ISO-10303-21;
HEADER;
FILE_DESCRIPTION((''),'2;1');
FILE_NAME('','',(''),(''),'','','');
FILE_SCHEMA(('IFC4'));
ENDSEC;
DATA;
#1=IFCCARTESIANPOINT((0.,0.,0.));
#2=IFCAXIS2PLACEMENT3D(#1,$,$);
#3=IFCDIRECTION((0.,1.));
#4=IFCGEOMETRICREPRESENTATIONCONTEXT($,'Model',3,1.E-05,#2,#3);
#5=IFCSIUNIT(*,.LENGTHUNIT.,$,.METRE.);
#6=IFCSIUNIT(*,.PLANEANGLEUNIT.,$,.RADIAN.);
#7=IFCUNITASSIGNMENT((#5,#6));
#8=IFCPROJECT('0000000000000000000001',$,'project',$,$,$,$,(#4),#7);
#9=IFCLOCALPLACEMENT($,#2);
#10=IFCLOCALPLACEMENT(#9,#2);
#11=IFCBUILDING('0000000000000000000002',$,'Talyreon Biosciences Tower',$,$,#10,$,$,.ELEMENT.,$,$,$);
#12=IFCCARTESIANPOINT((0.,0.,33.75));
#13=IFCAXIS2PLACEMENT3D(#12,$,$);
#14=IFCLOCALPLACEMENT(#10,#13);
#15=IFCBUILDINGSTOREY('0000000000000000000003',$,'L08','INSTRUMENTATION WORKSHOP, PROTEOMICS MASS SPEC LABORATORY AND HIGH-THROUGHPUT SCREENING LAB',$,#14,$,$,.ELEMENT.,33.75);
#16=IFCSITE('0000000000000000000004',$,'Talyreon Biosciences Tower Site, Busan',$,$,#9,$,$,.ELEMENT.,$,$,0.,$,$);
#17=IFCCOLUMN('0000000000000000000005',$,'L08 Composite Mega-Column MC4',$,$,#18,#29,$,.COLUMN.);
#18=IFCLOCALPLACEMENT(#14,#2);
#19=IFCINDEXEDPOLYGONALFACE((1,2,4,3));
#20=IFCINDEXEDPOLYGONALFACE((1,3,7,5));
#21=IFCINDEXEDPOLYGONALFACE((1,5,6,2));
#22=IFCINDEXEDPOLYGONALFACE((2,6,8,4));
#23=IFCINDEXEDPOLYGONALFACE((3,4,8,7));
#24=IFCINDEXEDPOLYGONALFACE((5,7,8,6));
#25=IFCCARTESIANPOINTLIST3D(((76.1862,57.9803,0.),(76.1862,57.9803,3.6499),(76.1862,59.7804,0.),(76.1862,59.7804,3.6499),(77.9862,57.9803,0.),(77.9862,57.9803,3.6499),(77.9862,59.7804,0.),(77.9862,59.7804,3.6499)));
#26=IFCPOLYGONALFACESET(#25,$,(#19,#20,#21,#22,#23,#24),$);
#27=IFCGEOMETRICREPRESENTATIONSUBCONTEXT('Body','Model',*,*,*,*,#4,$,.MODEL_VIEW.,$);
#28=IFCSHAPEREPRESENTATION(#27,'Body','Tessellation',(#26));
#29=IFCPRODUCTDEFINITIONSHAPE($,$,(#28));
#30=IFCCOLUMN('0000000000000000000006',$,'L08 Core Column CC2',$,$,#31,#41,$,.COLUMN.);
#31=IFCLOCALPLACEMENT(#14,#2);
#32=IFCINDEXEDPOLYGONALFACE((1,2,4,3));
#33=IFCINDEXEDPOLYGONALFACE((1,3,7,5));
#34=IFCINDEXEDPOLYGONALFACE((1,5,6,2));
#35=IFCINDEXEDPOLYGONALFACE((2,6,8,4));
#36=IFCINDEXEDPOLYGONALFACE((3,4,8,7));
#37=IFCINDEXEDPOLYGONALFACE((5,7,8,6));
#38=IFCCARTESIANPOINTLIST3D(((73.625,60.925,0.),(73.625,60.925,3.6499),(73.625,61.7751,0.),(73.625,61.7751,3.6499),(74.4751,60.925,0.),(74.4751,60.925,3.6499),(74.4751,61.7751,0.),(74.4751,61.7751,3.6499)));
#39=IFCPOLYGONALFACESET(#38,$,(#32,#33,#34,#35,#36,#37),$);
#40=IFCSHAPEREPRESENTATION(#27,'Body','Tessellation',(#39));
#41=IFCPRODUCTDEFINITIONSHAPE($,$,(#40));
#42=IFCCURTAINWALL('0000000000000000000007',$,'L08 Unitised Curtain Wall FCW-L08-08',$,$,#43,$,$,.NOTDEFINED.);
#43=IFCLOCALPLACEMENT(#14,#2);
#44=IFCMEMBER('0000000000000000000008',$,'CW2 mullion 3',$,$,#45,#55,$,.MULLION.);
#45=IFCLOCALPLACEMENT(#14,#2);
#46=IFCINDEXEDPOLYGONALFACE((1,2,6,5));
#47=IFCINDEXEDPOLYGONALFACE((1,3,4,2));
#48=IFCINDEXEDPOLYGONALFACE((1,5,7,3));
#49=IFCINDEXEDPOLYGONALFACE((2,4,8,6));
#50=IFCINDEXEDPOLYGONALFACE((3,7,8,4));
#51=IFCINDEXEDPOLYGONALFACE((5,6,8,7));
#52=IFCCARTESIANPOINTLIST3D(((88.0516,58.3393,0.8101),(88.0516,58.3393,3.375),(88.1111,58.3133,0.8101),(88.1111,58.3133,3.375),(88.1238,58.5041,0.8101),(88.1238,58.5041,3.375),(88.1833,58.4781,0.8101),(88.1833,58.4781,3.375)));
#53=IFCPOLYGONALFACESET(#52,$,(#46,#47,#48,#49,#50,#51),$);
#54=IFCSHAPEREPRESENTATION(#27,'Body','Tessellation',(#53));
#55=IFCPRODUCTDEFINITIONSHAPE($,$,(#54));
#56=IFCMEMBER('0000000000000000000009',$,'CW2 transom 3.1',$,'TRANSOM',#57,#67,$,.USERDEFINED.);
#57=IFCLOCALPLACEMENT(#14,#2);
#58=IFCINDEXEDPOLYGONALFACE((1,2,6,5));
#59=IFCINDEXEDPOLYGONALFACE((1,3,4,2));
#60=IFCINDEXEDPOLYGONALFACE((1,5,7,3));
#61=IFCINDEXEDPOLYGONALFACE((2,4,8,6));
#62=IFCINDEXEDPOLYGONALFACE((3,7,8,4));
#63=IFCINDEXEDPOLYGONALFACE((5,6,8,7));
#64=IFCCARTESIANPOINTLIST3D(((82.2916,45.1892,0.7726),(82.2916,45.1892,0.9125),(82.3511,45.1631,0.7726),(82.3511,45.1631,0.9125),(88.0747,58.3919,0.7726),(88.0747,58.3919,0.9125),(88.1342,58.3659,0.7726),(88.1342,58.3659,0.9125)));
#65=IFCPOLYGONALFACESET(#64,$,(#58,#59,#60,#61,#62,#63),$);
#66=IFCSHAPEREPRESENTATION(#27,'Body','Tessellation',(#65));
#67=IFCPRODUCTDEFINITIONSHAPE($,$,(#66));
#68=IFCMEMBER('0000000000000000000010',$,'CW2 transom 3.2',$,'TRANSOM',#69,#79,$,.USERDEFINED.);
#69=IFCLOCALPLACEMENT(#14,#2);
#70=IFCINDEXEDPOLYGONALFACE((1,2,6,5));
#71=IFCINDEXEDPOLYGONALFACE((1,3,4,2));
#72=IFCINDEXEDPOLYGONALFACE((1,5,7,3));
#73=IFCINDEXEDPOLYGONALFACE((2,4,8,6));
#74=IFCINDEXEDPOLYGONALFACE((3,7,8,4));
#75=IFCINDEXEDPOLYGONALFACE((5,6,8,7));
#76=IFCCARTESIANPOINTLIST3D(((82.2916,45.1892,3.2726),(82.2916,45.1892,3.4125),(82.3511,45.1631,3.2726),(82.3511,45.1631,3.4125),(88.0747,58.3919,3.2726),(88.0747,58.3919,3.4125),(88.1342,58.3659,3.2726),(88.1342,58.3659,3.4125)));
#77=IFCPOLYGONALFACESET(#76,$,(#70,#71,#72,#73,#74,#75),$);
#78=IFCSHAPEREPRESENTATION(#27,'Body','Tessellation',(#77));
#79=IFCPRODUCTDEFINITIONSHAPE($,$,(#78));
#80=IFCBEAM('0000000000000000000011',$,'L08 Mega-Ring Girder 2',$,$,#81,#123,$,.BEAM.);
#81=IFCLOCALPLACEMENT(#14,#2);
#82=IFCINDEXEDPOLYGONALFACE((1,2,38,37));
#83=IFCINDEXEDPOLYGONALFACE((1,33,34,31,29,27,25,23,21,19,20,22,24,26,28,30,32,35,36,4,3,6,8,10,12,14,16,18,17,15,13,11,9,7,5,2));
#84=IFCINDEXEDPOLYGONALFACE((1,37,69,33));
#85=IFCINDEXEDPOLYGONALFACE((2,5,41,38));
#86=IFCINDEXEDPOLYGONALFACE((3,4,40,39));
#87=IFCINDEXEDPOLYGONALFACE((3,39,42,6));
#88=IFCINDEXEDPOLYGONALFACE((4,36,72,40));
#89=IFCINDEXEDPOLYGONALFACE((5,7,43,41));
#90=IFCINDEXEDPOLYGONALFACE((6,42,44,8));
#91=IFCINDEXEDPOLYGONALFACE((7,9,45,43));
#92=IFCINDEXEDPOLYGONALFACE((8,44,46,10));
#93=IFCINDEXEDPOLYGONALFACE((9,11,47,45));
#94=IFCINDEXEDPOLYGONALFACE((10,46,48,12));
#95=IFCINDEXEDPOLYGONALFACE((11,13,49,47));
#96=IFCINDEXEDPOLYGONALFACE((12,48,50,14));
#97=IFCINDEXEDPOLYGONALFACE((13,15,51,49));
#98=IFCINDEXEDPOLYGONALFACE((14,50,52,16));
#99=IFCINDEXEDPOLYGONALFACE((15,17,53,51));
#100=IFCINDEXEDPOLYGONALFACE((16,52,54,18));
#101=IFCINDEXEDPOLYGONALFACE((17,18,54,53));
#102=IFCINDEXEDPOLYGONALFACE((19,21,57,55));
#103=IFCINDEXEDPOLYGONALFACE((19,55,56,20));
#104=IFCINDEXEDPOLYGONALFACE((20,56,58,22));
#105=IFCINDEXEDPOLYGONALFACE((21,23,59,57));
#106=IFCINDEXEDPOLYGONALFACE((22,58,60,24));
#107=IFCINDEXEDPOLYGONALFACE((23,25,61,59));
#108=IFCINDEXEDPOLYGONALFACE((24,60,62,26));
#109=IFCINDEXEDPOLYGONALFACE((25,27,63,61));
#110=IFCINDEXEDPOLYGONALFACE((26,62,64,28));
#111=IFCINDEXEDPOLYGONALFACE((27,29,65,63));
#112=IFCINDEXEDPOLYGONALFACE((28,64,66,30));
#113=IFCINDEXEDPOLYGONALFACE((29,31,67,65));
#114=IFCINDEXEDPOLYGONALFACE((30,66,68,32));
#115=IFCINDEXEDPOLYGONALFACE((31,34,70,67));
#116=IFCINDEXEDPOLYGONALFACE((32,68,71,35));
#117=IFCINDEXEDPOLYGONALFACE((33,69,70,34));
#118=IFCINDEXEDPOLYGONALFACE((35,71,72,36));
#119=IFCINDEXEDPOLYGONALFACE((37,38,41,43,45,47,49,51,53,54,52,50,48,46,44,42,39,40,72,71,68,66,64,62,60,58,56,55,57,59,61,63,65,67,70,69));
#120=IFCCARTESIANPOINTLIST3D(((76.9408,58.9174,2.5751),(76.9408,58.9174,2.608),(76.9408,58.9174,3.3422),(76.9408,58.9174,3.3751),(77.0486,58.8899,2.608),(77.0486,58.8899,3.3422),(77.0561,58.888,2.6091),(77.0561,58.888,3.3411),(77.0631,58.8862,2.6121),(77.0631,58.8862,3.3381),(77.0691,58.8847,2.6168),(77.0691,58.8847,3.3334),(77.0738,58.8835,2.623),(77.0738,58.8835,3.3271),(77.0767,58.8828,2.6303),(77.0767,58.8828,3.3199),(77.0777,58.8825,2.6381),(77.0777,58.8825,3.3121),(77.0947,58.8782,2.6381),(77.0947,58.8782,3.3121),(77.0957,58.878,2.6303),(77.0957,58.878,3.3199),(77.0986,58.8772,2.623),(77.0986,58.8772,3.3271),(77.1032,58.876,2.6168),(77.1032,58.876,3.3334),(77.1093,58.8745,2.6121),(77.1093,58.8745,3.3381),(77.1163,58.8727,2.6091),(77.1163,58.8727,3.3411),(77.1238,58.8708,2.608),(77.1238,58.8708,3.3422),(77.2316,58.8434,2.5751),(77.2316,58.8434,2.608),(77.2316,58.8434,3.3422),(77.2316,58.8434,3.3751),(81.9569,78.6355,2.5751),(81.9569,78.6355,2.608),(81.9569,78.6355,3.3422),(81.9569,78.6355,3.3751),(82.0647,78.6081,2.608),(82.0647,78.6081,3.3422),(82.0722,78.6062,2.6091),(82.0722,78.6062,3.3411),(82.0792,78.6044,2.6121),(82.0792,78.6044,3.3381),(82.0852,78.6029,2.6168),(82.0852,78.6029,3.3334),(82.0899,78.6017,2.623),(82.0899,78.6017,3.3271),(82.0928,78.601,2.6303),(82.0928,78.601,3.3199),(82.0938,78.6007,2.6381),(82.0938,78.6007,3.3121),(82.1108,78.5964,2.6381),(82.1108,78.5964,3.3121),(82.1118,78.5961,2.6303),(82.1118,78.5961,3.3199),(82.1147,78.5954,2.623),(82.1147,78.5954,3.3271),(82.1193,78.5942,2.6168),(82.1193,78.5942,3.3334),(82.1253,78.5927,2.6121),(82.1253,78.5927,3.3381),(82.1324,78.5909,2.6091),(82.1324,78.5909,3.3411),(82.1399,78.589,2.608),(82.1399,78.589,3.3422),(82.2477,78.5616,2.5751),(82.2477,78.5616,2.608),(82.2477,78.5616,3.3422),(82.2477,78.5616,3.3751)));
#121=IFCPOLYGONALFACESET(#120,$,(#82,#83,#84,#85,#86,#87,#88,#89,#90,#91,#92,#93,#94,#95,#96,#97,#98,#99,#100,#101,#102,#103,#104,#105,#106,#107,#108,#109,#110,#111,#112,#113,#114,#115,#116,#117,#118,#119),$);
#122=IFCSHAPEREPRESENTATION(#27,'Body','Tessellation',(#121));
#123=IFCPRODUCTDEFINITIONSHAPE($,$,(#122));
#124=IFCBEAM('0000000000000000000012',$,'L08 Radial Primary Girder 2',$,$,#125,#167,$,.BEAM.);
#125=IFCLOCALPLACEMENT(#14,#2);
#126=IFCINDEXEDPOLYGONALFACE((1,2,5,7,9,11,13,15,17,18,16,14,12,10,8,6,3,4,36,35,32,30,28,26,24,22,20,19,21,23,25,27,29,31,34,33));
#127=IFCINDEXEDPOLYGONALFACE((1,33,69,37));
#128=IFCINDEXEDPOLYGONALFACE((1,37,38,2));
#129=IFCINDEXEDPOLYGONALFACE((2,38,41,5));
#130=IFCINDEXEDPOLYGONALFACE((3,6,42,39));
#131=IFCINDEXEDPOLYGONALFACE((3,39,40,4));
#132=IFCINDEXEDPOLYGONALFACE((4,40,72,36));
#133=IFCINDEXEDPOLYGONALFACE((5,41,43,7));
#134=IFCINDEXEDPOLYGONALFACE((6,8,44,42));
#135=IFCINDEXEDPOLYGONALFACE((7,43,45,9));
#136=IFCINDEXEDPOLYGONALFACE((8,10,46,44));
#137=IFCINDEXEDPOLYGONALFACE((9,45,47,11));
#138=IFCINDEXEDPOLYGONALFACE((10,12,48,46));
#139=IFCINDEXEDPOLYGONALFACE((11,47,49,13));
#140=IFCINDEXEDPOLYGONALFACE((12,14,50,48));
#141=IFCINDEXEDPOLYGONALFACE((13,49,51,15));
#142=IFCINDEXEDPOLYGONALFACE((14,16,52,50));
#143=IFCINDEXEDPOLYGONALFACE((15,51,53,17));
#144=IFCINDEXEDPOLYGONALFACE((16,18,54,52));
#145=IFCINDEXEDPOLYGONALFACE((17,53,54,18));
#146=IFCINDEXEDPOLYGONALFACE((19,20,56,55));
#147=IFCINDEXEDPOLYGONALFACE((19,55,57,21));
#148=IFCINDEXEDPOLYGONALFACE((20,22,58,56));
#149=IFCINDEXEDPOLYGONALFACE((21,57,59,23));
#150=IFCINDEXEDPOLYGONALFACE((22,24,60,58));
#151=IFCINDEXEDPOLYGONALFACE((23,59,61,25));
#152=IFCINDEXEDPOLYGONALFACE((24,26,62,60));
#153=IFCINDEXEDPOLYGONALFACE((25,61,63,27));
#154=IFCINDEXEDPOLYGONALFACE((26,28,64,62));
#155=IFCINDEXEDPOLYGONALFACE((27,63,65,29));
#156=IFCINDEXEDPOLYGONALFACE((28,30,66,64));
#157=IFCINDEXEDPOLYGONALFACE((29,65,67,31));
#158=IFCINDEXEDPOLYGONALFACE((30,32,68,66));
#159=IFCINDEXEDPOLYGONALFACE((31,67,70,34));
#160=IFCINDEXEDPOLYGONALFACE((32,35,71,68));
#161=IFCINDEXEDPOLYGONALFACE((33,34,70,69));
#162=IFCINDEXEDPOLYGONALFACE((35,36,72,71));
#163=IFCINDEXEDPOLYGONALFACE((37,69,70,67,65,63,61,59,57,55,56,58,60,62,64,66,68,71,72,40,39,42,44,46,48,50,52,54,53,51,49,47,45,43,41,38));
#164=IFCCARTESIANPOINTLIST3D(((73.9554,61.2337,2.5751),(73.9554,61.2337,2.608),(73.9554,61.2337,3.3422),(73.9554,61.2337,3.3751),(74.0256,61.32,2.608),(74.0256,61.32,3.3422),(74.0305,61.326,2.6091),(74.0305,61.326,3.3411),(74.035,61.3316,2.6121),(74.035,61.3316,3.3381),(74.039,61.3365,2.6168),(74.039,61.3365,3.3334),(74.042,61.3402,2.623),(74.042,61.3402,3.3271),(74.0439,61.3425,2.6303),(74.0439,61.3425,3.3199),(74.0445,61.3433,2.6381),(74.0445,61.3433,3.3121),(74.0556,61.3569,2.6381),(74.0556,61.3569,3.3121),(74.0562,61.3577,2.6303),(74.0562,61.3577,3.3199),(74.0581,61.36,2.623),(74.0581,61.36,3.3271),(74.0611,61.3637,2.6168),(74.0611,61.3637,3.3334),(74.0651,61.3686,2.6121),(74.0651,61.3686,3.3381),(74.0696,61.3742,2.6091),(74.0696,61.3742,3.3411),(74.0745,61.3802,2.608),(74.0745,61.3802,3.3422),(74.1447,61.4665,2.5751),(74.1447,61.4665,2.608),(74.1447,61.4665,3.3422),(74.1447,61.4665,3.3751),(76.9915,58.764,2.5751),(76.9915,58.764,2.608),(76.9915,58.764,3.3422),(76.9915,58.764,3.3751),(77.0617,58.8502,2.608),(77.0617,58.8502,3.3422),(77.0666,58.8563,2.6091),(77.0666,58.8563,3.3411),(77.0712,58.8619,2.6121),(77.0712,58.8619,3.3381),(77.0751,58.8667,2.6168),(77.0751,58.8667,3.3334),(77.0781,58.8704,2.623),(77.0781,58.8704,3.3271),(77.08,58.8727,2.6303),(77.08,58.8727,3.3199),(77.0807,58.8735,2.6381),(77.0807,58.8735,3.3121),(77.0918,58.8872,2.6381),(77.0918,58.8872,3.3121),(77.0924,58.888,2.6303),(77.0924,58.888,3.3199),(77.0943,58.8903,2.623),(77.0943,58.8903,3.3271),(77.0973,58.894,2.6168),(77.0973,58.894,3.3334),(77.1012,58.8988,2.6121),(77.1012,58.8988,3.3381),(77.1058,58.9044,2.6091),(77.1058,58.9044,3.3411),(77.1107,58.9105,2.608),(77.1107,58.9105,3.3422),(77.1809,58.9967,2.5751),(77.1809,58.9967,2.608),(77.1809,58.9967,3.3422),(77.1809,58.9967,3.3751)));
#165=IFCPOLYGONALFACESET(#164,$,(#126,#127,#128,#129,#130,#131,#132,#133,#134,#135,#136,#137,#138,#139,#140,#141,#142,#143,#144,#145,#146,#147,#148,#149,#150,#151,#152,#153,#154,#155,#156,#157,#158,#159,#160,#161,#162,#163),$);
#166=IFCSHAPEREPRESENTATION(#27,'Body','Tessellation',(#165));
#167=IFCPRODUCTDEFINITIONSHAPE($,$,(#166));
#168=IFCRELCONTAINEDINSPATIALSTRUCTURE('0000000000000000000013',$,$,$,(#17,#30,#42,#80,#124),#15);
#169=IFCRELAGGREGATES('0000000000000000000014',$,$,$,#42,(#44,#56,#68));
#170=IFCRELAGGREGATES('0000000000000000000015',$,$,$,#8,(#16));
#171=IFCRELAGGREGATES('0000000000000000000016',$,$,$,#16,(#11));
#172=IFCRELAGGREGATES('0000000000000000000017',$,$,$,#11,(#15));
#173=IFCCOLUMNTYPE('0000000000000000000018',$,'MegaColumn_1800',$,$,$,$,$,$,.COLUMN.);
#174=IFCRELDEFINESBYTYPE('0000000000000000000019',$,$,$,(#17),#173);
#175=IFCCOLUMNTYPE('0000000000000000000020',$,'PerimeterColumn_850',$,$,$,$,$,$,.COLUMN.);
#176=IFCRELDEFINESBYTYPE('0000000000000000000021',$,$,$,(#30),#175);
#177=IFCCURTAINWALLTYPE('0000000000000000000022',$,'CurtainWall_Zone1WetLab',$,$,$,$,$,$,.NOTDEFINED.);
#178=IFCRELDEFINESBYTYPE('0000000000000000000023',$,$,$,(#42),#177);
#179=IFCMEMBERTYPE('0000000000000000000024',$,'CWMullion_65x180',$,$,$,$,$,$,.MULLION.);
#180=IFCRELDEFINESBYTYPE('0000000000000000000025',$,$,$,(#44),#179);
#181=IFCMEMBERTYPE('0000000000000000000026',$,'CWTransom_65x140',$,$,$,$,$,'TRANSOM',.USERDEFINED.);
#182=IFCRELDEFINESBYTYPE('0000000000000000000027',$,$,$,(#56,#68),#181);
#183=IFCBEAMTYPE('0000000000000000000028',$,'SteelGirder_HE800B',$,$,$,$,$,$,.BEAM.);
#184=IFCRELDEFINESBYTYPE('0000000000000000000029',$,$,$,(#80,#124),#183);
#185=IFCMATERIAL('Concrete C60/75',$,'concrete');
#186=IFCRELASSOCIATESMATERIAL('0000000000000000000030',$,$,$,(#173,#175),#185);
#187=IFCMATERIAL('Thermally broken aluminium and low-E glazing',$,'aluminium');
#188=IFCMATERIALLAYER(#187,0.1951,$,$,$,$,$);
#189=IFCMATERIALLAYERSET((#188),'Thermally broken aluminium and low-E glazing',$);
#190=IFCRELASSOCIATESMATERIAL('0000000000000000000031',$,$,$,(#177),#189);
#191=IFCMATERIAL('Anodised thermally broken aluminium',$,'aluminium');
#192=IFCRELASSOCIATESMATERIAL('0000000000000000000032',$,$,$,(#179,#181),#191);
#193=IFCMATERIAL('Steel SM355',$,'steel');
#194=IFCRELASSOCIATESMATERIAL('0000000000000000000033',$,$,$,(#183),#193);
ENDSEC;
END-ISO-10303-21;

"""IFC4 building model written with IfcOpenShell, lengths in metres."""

from ifc_helpers import new_model, si_unit, direction, frame, origin, origin_2d, place, context, subcontext, project, spatial, rectangle, i_section, extrude, material, layer, layer_set, material_profile, profile_set, type_object, element, aggregate, save


model = new_model("IFC4")

# Units and contexts
model_context = context("Model", 3, precision=1e-05, world=origin(), true_north=direction((0.0, 1.0)))
body_context = subcontext(model_context, "Body", "Model", "MODEL_VIEW")
ifc_project = project(units=[si_unit("LENGTHUNIT", "METRE"), si_unit("PLANEANGLEUNIT", "RADIAN")], contexts=[model_context])

# Site, building, storey
site_placement = place(None, origin())
site = spatial("IfcSite", under=ifc_project, at=site_placement, Name="Talyreon Biosciences Tower Site, Busan", CompositionType="ELEMENT", RefElevation=0.0)
building_placement = place(site_placement, origin())
building = spatial("IfcBuilding", under=site, at=building_placement, Name="Talyreon Biosciences Tower", CompositionType="ELEMENT")
storey_placement = place(building_placement, frame((0.0, 0.0, 33.75)))
storey = spatial("IfcBuildingStorey", under=building, at=storey_placement, Name="L08", Description="INSTRUMENTATION WORKSHOP, PROTEOMICS MASS SPEC LABORATORY AND HIGH-THROUGHPUT SCREENING LAB", CompositionType="ELEMENT", Elevation=33.75)

# Columns
ifc_material_1 = material(Name="Concrete C60/75", Category="concrete")
ifc_material_profile_1 = material_profile(ifc_material_1, rectangle(XDim=1.8, YDim=1.8, at=origin_2d()), Name="RC 1800x1800")
ifc_profile_set_1 = profile_set([ifc_material_profile_1], Name="Concrete C60/75")
column_type_1 = type_object("IfcColumnType", Name="MegaColumn_1800", PredefinedType="COLUMN", material=ifc_profile_set_1)
column_1_placement = place(storey_placement, frame((77.0862, 58.8804, 0.0), z_axis=(0.0, 0.0, 1.0), x_axis=(1.0, 0.0, 0.0)))
element("IfcColumn", 1, at=column_1_placement, inside=storey, type_object=column_type_1, Name="L08 Composite Mega-Column MC4", PredefinedType="COLUMN", context=body_context, shape_type="SweptSolid", body=[
    extrude(rectangle(XDim=1.8, YDim=1.8, at=origin_2d()), origin(), (0.0, 0.0, 1.0), 3.6499),
])
ifc_material_profile_2 = material_profile(ifc_material_1, rectangle(XDim=0.8501, YDim=0.8501, at=origin_2d()), Name="RC 850x850")
ifc_profile_set_2 = profile_set([ifc_material_profile_2], Name="Concrete C60/75")
column_type_2 = type_object("IfcColumnType", Name="PerimeterColumn_850", PredefinedType="COLUMN", material=ifc_profile_set_2)
column_2_placement = place(storey_placement, frame((74.05, 61.3501, 0.0), z_axis=(0.0, 0.0, 1.0), x_axis=(1.0, 0.0, 0.0)))
element("IfcColumn", 2, at=column_2_placement, inside=storey, type_object=column_type_2, Name="L08 Core Column CC2", PredefinedType="COLUMN", context=body_context, shape_type="SweptSolid", body=[
    extrude(rectangle(XDim=0.8501, YDim=0.8501, at=origin_2d()), origin(), (0.0, 0.0, 1.0), 3.6499),
])

# Curtain wall, members
ifc_material_2 = material(Name="Thermally broken aluminium and low-E glazing", Category="aluminium")
ifc_layer_1 = layer(ifc_material_2, 0.1951)
ifc_layer_set_1 = layer_set([ifc_layer_1], Name="Thermally broken aluminium and low-E glazing")
curtain_wall_type = type_object("IfcCurtainWallType", Name="CurtainWall_Zone1WetLab", PredefinedType="NOTDEFINED", material=ifc_layer_set_1)
curtain_wall_placement = place(storey_placement, origin())
curtain_wall = element("IfcCurtainWall", 3, at=curtain_wall_placement, inside=storey, type_object=curtain_wall_type, Name="L08 Unitised Curtain Wall FCW-L08-08", PredefinedType="NOTDEFINED")
ifc_material_3 = material(Name="Anodised thermally broken aluminium", Category="aluminium")
ifc_material_profile_3 = material_profile(ifc_material_3, rectangle(XDim=0.0649, YDim=0.1799, at=origin_2d()), Name="ALUM MULLION 65x180")
ifc_profile_set_3 = profile_set([ifc_material_profile_3], Name="Anodised thermally broken aluminium")
member_type_1 = type_object("IfcMemberType", Name="CWMullion_65x180", PredefinedType="MULLION", material=ifc_profile_set_3)
member_1_placement = place(storey_placement, frame((88.1174, 58.4087, 0.8101), z_axis=(0.0, 0.0, 1.0), x_axis=(0.91598, -0.401223, 0.0)))
member_1 = element("IfcMember", 4, at=member_1_placement, type_object=member_type_1, Name="CW2 mullion 3", PredefinedType="MULLION", context=body_context, shape_type="SweptSolid", body=[
    extrude(rectangle(XDim=0.0649, YDim=0.1799, at=origin_2d()), origin(), (0.0, 0.0, 1.0), 2.5649),
])
ifc_material_profile_4 = material_profile(ifc_material_3, rectangle(XDim=0.0649, YDim=0.1399, at=origin_2d()), Name="ALUM TRANSOM 65x140")
ifc_profile_set_4 = profile_set([ifc_material_profile_4], Name="Anodised thermally broken aluminium")
member_type_2 = type_object("IfcMemberType", Name="CWTransom_65x140", ElementType="TRANSOM", PredefinedType="USERDEFINED", material=ifc_profile_set_4)
member_2_placement = place(storey_placement, frame((88.1045, 58.3789, 0.8425), z_axis=(-0.401223, -0.91598, 0.0), x_axis=(0.91598, -0.401223, 0.0)))
member_2 = element("IfcMember", 5, at=member_2_placement, type_object=member_type_2, Name="CW2 transom 3.1", ObjectType="TRANSOM", PredefinedType="USERDEFINED", context=body_context, shape_type="SweptSolid", body=[
    extrude(rectangle(XDim=0.0649, YDim=0.1399, at=origin_2d()), origin(), (0.0, 0.0, 1.0), 14.4138),
])
member_3_placement = place(storey_placement, frame((88.1045, 58.3789, 3.3425), z_axis=(-0.401223, -0.91598, 0.0), x_axis=(0.91598, -0.401223, 0.0)))
member_3 = element("IfcMember", 6, at=member_3_placement, type_object=member_type_2, Name="CW2 transom 3.2", ObjectType="TRANSOM", PredefinedType="USERDEFINED", context=body_context, shape_type="SweptSolid", body=[
    extrude(rectangle(XDim=0.0649, YDim=0.1399, at=origin_2d()), origin(), (0.0, 0.0, 1.0), 14.4138),
])

# Beams
ifc_material_4 = material(Name="Steel SM355", Category="steel")
ifc_material_profile_5 = material_profile(ifc_material_4, i_section(OverallWidth=0.3, OverallDepth=0.8, WebThickness=0.0176, FlangeThickness=0.033, FilletRadius=0.03, at=origin_2d()), Name="HE800B")
ifc_profile_set_5 = profile_set([ifc_material_profile_5], Name="Steel SM355")
beam_type_1 = type_object("IfcBeamType", Name="SteelGirder_HE800B", PredefinedType="BEAM", material=ifc_profile_set_5)
beam_1_placement = place(storey_placement, frame((77.0862, 58.8804, 2.9751), z_axis=(0.246537, 0.969133, 0.0), x_axis=(-0.969133, 0.246537, 0.0)))
element("IfcBeam", 7, at=beam_1_placement, inside=storey, type_object=beam_type_1, Name="L08 Mega-Ring Girder 2", PredefinedType="BEAM", context=body_context, shape_type="SweptSolid", body=[
    extrude(i_section(OverallWidth=0.3, OverallDepth=0.8, WebThickness=0.0176, FlangeThickness=0.033, FilletRadius=0.03, at=origin_2d()), origin(), (0.0, 0.0, 1.0), 20.3462),
])
beam_2_placement = place(storey_placement, frame((74.05, 61.3501, 2.9751), z_axis=(0.775755, -0.631034, 0.0), x_axis=(0.631034, 0.775755, 0.0)))
element("IfcBeam", 8, at=beam_2_placement, inside=storey, type_object=beam_type_1, Name="L08 Radial Primary Girder 2", PredefinedType="BEAM", context=body_context, shape_type="SweptSolid", body=[
    extrude(i_section(OverallWidth=0.3, OverallDepth=0.8, WebThickness=0.0176, FlangeThickness=0.033, FilletRadius=0.03, at=origin_2d()), origin(), (0.0, 0.0, 1.0), 3.9138),
])

aggregate(curtain_wall, [member_1, member_2, member_3])

save(model, "model.ifc")
